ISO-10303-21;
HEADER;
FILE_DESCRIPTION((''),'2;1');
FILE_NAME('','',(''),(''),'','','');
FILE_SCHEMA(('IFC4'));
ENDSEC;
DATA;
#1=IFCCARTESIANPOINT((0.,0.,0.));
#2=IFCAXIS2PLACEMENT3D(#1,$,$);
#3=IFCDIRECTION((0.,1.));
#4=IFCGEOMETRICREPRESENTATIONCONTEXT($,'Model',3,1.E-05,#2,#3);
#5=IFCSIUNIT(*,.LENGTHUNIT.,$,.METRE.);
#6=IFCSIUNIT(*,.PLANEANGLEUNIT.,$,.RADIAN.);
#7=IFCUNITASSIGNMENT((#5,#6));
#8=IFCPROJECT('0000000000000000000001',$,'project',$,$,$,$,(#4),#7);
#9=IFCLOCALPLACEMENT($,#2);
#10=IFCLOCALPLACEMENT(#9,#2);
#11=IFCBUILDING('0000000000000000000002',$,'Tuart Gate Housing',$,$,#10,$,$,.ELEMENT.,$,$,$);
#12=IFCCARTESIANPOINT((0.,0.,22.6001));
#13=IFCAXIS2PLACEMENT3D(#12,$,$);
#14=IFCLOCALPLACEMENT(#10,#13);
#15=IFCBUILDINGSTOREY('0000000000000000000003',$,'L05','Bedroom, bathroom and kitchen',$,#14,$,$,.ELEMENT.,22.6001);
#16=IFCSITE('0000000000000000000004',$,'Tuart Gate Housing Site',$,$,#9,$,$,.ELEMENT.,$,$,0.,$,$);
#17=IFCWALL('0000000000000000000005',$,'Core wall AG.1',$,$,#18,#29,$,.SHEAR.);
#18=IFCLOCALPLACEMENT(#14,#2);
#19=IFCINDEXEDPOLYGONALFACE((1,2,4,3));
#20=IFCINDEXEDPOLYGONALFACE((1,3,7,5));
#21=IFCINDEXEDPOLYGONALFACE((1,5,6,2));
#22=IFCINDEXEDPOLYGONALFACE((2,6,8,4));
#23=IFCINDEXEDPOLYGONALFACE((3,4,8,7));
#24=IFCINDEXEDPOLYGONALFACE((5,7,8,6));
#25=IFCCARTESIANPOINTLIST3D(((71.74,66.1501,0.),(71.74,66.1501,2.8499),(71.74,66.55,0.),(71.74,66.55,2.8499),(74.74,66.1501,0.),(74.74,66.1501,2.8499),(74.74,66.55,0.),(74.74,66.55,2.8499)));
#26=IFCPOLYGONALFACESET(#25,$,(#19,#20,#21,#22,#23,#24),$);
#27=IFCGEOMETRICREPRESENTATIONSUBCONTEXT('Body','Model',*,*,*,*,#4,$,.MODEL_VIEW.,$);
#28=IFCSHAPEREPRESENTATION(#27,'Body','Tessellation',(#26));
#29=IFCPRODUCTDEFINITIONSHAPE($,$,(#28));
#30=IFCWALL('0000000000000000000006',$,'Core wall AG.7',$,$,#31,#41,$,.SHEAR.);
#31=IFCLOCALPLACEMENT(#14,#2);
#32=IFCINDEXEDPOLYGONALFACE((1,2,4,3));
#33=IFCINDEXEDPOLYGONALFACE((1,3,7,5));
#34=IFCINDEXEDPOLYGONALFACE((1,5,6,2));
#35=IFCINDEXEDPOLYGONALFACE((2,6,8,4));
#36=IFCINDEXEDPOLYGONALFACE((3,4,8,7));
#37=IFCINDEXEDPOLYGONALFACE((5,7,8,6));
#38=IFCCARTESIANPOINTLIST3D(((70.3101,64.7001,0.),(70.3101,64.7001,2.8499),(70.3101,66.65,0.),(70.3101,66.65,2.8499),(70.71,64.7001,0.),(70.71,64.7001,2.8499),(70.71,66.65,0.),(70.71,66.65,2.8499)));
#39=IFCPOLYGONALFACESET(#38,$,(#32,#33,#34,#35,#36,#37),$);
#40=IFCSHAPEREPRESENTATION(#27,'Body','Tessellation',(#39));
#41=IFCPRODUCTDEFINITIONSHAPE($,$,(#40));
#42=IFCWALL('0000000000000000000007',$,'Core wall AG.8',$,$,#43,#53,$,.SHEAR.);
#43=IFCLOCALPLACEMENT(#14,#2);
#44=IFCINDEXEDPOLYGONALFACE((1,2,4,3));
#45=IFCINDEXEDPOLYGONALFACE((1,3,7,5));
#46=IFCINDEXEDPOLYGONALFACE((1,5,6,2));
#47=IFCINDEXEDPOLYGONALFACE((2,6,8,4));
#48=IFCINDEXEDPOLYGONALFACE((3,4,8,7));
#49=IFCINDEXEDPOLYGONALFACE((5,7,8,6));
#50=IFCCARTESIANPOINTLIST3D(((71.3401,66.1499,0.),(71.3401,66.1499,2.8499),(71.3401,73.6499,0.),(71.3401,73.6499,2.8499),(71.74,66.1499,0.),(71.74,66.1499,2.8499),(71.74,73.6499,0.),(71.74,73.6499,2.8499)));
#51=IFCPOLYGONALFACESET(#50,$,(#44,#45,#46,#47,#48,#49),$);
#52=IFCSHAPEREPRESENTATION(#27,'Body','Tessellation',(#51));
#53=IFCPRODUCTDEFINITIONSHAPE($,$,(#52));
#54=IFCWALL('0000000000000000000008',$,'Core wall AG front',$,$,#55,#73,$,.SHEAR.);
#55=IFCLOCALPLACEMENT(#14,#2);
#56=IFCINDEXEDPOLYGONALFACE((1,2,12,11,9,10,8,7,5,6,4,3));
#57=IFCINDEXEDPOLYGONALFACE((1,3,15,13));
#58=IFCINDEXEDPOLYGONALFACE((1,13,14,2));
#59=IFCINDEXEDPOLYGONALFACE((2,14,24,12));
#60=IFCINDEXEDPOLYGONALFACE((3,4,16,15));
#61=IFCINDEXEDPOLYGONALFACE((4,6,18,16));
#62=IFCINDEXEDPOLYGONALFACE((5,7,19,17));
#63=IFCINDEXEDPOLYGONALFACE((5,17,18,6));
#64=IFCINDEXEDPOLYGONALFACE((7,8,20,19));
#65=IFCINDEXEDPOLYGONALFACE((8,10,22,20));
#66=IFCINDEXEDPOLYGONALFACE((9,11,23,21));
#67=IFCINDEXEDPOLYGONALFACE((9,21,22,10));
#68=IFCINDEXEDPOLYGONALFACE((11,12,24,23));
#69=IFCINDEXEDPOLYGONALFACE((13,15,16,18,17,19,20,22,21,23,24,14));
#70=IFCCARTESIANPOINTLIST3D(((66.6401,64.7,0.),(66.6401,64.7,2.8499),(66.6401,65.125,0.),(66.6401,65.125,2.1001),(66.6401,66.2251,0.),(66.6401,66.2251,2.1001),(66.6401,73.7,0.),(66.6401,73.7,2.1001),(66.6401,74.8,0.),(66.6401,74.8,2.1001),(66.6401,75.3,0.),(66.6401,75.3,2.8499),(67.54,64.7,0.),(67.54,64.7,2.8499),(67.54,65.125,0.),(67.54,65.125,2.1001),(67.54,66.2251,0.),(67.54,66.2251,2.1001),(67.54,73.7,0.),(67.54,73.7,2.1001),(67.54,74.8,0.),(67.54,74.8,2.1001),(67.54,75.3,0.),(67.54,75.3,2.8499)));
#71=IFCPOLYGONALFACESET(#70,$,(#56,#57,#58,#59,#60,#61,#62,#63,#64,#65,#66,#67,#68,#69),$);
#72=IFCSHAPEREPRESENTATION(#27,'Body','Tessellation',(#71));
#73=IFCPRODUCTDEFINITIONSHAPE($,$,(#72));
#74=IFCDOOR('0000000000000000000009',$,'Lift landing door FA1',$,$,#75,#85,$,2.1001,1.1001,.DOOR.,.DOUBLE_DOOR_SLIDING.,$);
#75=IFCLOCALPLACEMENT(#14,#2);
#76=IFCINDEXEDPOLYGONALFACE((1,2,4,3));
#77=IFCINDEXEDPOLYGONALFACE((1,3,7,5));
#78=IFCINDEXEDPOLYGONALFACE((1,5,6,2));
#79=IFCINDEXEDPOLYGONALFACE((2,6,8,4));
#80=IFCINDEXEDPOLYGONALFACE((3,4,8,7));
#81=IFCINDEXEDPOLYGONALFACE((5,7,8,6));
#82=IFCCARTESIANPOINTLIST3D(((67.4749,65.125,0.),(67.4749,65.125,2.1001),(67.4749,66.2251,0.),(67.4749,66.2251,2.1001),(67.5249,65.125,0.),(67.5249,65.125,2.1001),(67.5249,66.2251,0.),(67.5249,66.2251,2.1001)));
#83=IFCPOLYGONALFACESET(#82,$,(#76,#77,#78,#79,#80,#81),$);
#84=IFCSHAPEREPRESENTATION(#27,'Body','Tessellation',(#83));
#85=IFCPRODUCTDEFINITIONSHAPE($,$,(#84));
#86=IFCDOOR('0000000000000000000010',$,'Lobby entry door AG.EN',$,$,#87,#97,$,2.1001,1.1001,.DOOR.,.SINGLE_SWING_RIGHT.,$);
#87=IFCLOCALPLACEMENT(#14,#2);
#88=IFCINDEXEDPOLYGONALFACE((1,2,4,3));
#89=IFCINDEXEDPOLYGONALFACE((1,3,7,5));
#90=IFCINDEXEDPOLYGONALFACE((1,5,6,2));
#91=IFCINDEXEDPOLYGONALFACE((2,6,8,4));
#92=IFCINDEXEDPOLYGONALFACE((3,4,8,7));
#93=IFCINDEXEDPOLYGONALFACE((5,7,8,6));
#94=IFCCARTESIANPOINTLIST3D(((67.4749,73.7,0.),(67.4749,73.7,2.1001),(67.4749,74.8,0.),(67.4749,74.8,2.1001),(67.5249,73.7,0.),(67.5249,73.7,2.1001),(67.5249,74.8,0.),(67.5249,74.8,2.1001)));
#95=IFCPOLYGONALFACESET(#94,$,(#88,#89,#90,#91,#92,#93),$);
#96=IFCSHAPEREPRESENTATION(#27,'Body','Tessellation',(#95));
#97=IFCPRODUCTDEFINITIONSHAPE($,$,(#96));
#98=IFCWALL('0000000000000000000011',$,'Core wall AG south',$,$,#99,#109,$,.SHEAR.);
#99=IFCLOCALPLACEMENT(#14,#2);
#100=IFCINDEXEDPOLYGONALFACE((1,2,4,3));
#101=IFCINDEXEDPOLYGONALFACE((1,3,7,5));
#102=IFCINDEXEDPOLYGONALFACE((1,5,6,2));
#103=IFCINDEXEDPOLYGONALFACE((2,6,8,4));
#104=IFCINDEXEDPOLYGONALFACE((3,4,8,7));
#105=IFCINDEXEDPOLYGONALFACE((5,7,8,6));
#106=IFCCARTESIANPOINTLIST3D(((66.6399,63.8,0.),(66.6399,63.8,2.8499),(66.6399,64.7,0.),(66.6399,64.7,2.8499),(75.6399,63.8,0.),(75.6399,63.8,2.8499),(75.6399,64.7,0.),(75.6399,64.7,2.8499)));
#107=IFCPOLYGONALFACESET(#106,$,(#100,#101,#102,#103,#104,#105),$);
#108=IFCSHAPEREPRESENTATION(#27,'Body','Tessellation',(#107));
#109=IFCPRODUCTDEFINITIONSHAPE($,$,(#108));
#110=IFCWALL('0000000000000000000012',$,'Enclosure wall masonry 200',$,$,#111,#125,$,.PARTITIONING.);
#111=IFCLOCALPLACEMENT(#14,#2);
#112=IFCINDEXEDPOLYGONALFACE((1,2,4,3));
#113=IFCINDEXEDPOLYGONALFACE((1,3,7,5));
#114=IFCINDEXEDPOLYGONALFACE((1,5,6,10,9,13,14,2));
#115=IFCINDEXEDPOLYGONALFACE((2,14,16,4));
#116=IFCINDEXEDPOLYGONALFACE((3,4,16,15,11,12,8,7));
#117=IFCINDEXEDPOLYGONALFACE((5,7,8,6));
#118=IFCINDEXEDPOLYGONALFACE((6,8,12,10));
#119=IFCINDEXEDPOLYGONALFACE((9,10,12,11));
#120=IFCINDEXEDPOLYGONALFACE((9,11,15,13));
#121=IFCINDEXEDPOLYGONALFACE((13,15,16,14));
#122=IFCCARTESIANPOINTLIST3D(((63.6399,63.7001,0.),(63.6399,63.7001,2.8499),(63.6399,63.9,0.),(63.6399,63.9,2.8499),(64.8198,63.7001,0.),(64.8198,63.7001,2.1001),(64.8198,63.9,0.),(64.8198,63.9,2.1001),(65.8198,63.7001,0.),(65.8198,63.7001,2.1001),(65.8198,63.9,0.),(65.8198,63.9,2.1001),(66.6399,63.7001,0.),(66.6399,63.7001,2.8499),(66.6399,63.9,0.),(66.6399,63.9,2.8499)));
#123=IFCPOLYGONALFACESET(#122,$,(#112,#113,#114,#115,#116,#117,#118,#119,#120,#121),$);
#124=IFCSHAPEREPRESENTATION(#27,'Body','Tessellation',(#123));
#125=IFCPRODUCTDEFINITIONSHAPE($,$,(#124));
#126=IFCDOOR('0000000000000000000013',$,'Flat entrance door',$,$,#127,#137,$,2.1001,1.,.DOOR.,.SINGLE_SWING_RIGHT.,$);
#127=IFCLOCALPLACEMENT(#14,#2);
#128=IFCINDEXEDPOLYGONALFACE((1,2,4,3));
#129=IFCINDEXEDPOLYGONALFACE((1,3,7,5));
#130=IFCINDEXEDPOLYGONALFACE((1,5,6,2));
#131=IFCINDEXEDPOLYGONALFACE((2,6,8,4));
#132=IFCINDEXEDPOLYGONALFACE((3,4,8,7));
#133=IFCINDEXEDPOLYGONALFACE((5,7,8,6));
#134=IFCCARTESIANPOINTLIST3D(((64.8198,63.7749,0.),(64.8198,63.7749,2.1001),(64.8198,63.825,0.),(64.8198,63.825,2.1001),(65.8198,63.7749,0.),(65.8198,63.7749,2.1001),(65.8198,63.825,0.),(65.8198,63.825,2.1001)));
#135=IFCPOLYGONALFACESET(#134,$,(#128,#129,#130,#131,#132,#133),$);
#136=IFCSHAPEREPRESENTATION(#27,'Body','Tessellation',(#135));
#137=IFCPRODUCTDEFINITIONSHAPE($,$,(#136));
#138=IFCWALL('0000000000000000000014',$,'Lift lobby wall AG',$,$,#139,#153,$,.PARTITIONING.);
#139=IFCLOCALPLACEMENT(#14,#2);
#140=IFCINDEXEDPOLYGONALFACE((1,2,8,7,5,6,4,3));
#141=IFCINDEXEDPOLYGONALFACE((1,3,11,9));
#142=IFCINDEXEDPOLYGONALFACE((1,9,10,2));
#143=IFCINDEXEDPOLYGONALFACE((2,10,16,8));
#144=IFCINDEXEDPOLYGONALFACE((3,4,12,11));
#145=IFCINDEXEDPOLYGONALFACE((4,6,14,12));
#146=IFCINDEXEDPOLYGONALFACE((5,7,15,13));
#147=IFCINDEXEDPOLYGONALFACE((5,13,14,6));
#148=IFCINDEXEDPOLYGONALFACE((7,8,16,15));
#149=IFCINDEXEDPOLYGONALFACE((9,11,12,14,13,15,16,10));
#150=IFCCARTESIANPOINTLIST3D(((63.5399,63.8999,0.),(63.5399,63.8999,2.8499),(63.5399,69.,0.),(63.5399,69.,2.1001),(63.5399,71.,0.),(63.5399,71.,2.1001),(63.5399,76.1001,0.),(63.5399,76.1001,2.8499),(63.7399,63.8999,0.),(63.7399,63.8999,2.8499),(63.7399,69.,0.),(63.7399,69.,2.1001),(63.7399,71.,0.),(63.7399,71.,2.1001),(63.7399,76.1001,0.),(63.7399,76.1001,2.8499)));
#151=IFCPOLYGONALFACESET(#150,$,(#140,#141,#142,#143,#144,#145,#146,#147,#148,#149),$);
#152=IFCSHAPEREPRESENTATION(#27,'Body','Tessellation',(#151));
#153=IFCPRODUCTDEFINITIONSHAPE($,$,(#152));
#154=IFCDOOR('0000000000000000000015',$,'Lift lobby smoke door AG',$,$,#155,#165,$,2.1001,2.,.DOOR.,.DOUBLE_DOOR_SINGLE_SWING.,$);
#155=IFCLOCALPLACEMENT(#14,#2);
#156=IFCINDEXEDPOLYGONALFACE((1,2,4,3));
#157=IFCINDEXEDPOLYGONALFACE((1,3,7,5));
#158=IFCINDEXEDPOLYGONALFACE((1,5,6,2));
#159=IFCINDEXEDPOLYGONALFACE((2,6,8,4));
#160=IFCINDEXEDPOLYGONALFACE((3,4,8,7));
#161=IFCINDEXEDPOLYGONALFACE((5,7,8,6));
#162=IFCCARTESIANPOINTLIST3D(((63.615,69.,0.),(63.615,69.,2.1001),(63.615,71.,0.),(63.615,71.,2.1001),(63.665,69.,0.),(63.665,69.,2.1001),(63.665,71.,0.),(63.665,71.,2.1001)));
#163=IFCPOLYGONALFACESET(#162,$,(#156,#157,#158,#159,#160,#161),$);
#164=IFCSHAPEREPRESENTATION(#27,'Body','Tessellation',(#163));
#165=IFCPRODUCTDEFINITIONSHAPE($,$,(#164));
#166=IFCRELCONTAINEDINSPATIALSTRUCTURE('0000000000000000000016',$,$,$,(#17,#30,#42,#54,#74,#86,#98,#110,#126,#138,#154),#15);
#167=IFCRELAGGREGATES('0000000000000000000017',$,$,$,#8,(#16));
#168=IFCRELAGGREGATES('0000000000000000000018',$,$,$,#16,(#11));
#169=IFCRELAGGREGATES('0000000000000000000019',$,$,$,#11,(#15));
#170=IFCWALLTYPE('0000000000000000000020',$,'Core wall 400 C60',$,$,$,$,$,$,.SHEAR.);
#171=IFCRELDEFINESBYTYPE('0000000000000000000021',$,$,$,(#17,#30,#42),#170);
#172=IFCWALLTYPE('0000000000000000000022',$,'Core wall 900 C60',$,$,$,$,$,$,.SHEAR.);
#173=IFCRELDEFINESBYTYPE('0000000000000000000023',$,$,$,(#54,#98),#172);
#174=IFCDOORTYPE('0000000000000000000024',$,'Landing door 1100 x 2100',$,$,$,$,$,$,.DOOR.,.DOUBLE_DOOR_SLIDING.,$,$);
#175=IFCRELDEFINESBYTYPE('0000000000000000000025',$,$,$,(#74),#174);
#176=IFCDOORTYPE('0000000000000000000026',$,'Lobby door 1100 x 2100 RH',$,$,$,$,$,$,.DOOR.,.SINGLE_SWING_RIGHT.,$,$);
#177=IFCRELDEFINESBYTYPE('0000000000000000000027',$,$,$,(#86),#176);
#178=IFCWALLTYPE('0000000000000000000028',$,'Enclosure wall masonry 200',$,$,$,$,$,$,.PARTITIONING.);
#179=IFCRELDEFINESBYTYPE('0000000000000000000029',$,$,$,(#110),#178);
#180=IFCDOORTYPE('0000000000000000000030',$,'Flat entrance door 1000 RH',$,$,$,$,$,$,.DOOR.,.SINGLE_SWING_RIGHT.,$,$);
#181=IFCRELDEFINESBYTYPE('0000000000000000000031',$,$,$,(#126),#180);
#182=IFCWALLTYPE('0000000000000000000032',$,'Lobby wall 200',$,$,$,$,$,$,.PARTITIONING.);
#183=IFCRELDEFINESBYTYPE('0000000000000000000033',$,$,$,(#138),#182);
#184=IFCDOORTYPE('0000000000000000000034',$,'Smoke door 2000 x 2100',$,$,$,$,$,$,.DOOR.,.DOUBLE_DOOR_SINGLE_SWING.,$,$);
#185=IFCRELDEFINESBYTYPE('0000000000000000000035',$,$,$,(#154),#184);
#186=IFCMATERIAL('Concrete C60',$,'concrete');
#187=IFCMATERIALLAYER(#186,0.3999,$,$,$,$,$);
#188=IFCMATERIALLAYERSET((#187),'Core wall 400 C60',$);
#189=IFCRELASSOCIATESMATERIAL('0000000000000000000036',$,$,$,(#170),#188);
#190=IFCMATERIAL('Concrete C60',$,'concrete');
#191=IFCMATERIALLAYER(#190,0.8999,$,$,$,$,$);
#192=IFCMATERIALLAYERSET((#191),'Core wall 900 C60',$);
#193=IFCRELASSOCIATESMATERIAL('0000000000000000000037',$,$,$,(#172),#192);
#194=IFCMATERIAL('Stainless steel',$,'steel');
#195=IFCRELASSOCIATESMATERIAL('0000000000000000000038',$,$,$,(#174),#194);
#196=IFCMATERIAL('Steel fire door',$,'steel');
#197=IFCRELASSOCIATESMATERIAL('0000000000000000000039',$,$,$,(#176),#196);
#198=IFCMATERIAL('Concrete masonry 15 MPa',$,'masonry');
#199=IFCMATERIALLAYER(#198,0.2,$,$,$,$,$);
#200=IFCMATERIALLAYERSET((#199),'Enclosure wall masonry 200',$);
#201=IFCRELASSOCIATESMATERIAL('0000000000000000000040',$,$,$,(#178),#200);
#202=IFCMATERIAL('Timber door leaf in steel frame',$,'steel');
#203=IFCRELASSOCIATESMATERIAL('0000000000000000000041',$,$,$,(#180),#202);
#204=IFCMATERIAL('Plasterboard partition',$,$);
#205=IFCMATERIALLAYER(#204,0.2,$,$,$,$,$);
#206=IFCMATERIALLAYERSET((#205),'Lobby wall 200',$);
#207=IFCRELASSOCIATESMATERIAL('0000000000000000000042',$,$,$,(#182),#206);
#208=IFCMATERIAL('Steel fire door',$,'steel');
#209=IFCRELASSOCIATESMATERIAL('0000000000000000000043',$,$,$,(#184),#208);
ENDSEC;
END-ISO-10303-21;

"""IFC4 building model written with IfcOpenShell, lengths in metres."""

from ifc_helpers import new_model, si_unit, direction, frame, frame_2d, origin, place, context, subcontext, project, spatial, rectangle, extrude, material, layer, layer_set, type_object, element, fill, save


model = new_model("IFC4")

# Units and contexts
model_context = context("Model", 3, precision=1e-05, world=origin(), true_north=direction((0.0, 1.0)))
body_context = subcontext(model_context, "Body", "Model", "MODEL_VIEW")
ifc_project = project(units=[si_unit("LENGTHUNIT", "METRE"), si_unit("PLANEANGLEUNIT", "RADIAN")], contexts=[model_context])

# Site, building, storey
site_placement = place(None, origin())
site = spatial("IfcSite", under=ifc_project, at=site_placement, Name="Tuart Gate Housing Site", CompositionType="ELEMENT", RefElevation=0.0)
building_placement = place(site_placement, origin())
building = spatial("IfcBuilding", under=site, at=building_placement, Name="Tuart Gate Housing", CompositionType="ELEMENT")
storey_placement = place(building_placement, frame((0.0, 0.0, 22.6001)))
storey = spatial("IfcBuildingStorey", under=building, at=storey_placement, Name="L05", Description="Bedroom, bathroom and kitchen", CompositionType="ELEMENT", Elevation=22.6001)

# Walls
ifc_material_1 = material(Name="Concrete C60", Category="concrete")
ifc_layer_1 = layer(ifc_material_1, 0.3999)
ifc_layer_set_1 = layer_set([ifc_layer_1], Name="Core wall 400 C60")
wall_type_1 = type_object("IfcWallType", Name="Core wall 400 C60", PredefinedType="SHEAR", material=ifc_layer_set_1)
wall_1_placement = place(storey_placement, frame((71.74, 66.3501, 0.0), z_axis=(0.0, 0.0, 1.0), x_axis=(1.0, 0.0, 0.0)))
element("IfcWall", 1, at=wall_1_placement, inside=storey, type_object=wall_type_1, Name="Core wall AG.1", PredefinedType="SHEAR", context=body_context, shape_type="SweptSolid", body=[
    extrude(rectangle(XDim=3.0, YDim=0.3999, at=frame_2d((1.5, 0.0))), origin(), (0.0, 0.0, 1.0), 2.8499),
])
wall_2_placement = place(storey_placement, frame((70.51, 64.7, 0.0), z_axis=(0.0, 0.0, 1.0), x_axis=(0.0, 1.0, 0.0)))
element("IfcWall", 2, at=wall_2_placement, inside=storey, type_object=wall_type_1, Name="Core wall AG.7", PredefinedType="SHEAR", context=body_context, shape_type="SweptSolid", body=[
    extrude(rectangle(XDim=1.95, YDim=0.3999, at=frame_2d((0.9751, 0.0))), origin(), (0.0, 0.0, 1.0), 2.8499),
])
wall_3_placement = place(storey_placement, frame((71.54, 66.1499, 0.0), z_axis=(0.0, 0.0, 1.0), x_axis=(0.0, 1.0, 0.0)))
element("IfcWall", 3, at=wall_3_placement, inside=storey, type_object=wall_type_1, Name="Core wall AG.8", PredefinedType="SHEAR", context=body_context, shape_type="SweptSolid", body=[
    extrude(rectangle(XDim=7.5, YDim=0.3999, at=frame_2d((3.75, 0.0))), origin(), (0.0, 0.0, 1.0), 2.8499),
])

# Wall, openings, doors
ifc_material_2 = material(Name="Concrete C60", Category="concrete")
ifc_layer_2 = layer(ifc_material_2, 0.8999)
ifc_layer_set_2 = layer_set([ifc_layer_2], Name="Core wall 900 C60")
wall_type_2 = type_object("IfcWallType", Name="Core wall 900 C60", PredefinedType="SHEAR", material=ifc_layer_set_2)
wall_4_placement = place(storey_placement, frame((67.0901, 64.7, 0.0), z_axis=(0.0, 0.0, 1.0), x_axis=(0.0, 1.0, 0.0)))
wall_4 = element("IfcWall", 4, at=wall_4_placement, inside=storey, type_object=wall_type_2, Name="Core wall AG front", PredefinedType="SHEAR", context=body_context, shape_type="SweptSolid", body=[
    extrude(rectangle(XDim=10.6001, YDim=0.8999, at=frame_2d((5.3, 0.0))), origin(), (0.0, 0.0, 1.0), 2.8499),
])
opening_1_placement = place(wall_4_placement, frame((0.425, 0.0, 0.0)))
opening_1 = element("IfcOpeningElement", 5, at=opening_1_placement, cuts=wall_4, PredefinedType="OPENING", context=body_context, shape_type="SweptSolid", body=[
    extrude(rectangle(XDim=1.1001, YDim=2.1001, at=frame_2d((0.55, 1.05))), frame((0.0, 0.46, 0.0), z_axis=(0.0, -1.0, 0.0), x_axis=(1.0, 0.0, 0.0)), (0.0, 0.0, 1.0), 0.9199),
])
opening_2_placement = place(wall_4_placement, frame((9.0, 0.0, 0.0)))
opening_2 = element("IfcOpeningElement", 6, at=opening_2_placement, cuts=wall_4, PredefinedType="OPENING", context=body_context, shape_type="SweptSolid", body=[
    extrude(rectangle(XDim=1.1001, YDim=2.1001, at=frame_2d((0.55, 1.05))), frame((0.0, 0.46, 0.0), z_axis=(0.0, -1.0, 0.0), x_axis=(1.0, 0.0, 0.0)), (0.0, 0.0, 1.0), 0.9199),
])
ifc_material_3 = material(Name="Stainless steel", Category="steel")
door_type_1 = type_object("IfcDoorType", Name="Landing door 1100 x 2100", OperationType="DOUBLE_DOOR_SLIDING", PredefinedType="DOOR", material=ifc_material_3)
door_1_placement = place(opening_1_placement, origin())
door_1 = element("IfcDoor", 7, at=door_1_placement, inside=storey, type_object=door_type_1, Name="Lift landing door FA1", OperationType="DOUBLE_DOOR_SLIDING", OverallHeight=2.1001, OverallWidth=1.1001, PredefinedType="DOOR", context=body_context, shape_type="SweptSolid", body=[
    extrude(rectangle(XDim=1.1001, YDim=2.1001, at=frame_2d((0.55, 1.05))), frame((0.0, -0.3848, 0.0), z_axis=(0.0, -1.0, 0.0), x_axis=(1.0, 0.0, 0.0)), (0.0, 0.0, 1.0), 0.05),
])
fill(opening_1, door_1)
ifc_material_4 = material(Name="Steel fire door", Category="steel")
door_type_2 = type_object("IfcDoorType", Name="Lobby door 1100 x 2100 RH", OperationType="SINGLE_SWING_RIGHT", PredefinedType="DOOR", material=ifc_material_4)
door_2_placement = place(opening_2_placement, frame((1.1001, 0.0, 0.0), z_axis=(0.0, 0.0, 1.0), x_axis=(-1.0, 0.0, 0.0)))
door_2 = element("IfcDoor", 8, at=door_2_placement, inside=storey, type_object=door_type_2, Name="Lobby entry door AG.EN", OperationType="SINGLE_SWING_RIGHT", OverallHeight=2.1001, OverallWidth=1.1001, PredefinedType="DOOR", context=body_context, shape_type="SweptSolid", body=[
    extrude(rectangle(XDim=1.1001, YDim=2.1001, at=frame_2d((0.55, 1.05))), frame((0.0, 0.4348, 0.0), z_axis=(0.0, -1.0, 0.0), x_axis=(1.0, 0.0, 0.0)), (0.0, 0.0, 1.0), 0.05),
])
fill(opening_2, door_2)

# Wall
wall_5_placement = place(storey_placement, frame((66.6399, 64.25, 0.0), z_axis=(0.0, 0.0, 1.0), x_axis=(1.0, 0.0, 0.0)))
element("IfcWall", 9, at=wall_5_placement, inside=storey, type_object=wall_type_2, Name="Core wall AG south", PredefinedType="SHEAR", context=body_context, shape_type="SweptSolid", body=[
    extrude(rectangle(XDim=9.0, YDim=0.8999, at=frame_2d((4.5, 0.0))), origin(), (0.0, 0.0, 1.0), 2.8499),
])

# Walls, openings, doors
ifc_material_5 = material(Name="Concrete masonry 15 MPa", Category="masonry")
ifc_layer_3 = layer(ifc_material_5, 0.2)
ifc_layer_set_3 = layer_set([ifc_layer_3], Name="Enclosure wall masonry 200")
wall_type_3 = type_object("IfcWallType", Name="Enclosure wall masonry 200", PredefinedType="PARTITIONING", material=ifc_layer_set_3)
wall_6_placement = place(storey_placement, frame((63.6399, 63.8, 0.0), z_axis=(0.0, 0.0, 1.0), x_axis=(1.0, 0.0, 0.0)))
wall_6 = element("IfcWall", 10, at=wall_6_placement, inside=storey, type_object=wall_type_3, Name="Enclosure wall masonry 200", PredefinedType="PARTITIONING", context=body_context, shape_type="SweptSolid", body=[
    extrude(rectangle(XDim=3.0, YDim=0.2, at=frame_2d((1.5, 0.0))), origin(), (0.0, 0.0, 1.0), 2.8499),
])
opening_3_placement = place(wall_6_placement, frame((1.1799, 0.0, 0.0)))
opening_3 = element("IfcOpeningElement", 11, at=opening_3_placement, cuts=wall_6, PredefinedType="OPENING", context=body_context, shape_type="SweptSolid", body=[
    extrude(rectangle(XDim=1.0, YDim=2.1001, at=frame_2d((0.5, 1.05))), frame((0.0, 0.1099, 0.0), z_axis=(0.0, -1.0, 0.0), x_axis=(1.0, 0.0, 0.0)), (0.0, 0.0, 1.0), 0.22),
])
ifc_material_6 = material(Name="Timber door leaf in steel frame", Category="steel")
door_type_3 = type_object("IfcDoorType", Name="Flat entrance door 1000 RH", OperationType="SINGLE_SWING_RIGHT", PredefinedType="DOOR", material=ifc_material_6)
door_3_placement = place(opening_3_placement, frame((1.0, 0.0, 0.0), z_axis=(0.0, 0.0, 1.0), x_axis=(-1.0, 0.0, 0.0)))
door_3 = element("IfcDoor", 12, at=door_3_placement, inside=storey, type_object=door_type_3, Name="Flat entrance door", OperationType="SINGLE_SWING_RIGHT", OverallHeight=2.1001, OverallWidth=1.0, PredefinedType="DOOR", context=body_context, shape_type="SweptSolid", body=[
    extrude(rectangle(XDim=1.0, YDim=2.1001, at=frame_2d((0.5, 1.05))), frame((0.0, 0.0251, 0.0), z_axis=(0.0, -1.0, 0.0), x_axis=(1.0, 0.0, 0.0)), (0.0, 0.0, 1.0), 0.05),
])
fill(opening_3, door_3)
ifc_material_7 = material(Name="Plasterboard partition")
ifc_layer_4 = layer(ifc_material_7, 0.2)
ifc_layer_set_4 = layer_set([ifc_layer_4], Name="Lobby wall 200")
wall_type_4 = type_object("IfcWallType", Name="Lobby wall 200", PredefinedType="PARTITIONING", material=ifc_layer_set_4)
wall_7_placement = place(storey_placement, frame((63.6399, 63.8999, 0.0), z_axis=(0.0, 0.0, 1.0), x_axis=(0.0, 1.0, 0.0)))
wall_7 = element("IfcWall", 13, at=wall_7_placement, inside=storey, type_object=wall_type_4, Name="Lift lobby wall AG", PredefinedType="PARTITIONING", context=body_context, shape_type="SweptSolid", body=[
    extrude(rectangle(XDim=12.2002, YDim=0.2, at=frame_2d((6.1001, 0.0))), origin(), (0.0, 0.0, 1.0), 2.8499),
])
opening_4_placement = place(wall_7_placement, frame((5.1001, 0.0, 0.0)))
opening_4 = element("IfcOpeningElement", 14, at=opening_4_placement, cuts=wall_7, PredefinedType="OPENING", context=body_context, shape_type="SweptSolid", body=[
    extrude(rectangle(XDim=2.0, YDim=2.1001, at=frame_2d((1.0, 1.05))), frame((0.0, 0.1099, 0.0), z_axis=(0.0, -1.0, 0.0), x_axis=(1.0, 0.0, 0.0)), (0.0, 0.0, 1.0), 0.22),
])
ifc_material_8 = material(Name="Steel fire door", Category="steel")
door_type_4 = type_object("IfcDoorType", Name="Smoke door 2000 x 2100", OperationType="DOUBLE_DOOR_SINGLE_SWING", PredefinedType="DOOR", material=ifc_material_8)
door_4_placement = place(opening_4_placement, frame((2.0, 0.0, 0.0), z_axis=(0.0, 0.0, 1.0), x_axis=(-1.0, 0.0, 0.0)))
door_4 = element("IfcDoor", 15, at=door_4_placement, inside=storey, type_object=door_type_4, Name="Lift lobby smoke door AG", OperationType="DOUBLE_DOOR_SINGLE_SWING", OverallHeight=2.1001, OverallWidth=2.0, PredefinedType="DOOR", context=body_context, shape_type="SweptSolid", body=[
    extrude(rectangle(XDim=2.0, YDim=2.1001, at=frame_2d((1.0, 1.05))), frame((0.0, 0.0251, 0.0), z_axis=(0.0, -1.0, 0.0), x_axis=(1.0, 0.0, 0.0)), (0.0, 0.0, 1.0), 0.05),
])
fill(opening_4, door_4)

save(model, "model.ifc")
